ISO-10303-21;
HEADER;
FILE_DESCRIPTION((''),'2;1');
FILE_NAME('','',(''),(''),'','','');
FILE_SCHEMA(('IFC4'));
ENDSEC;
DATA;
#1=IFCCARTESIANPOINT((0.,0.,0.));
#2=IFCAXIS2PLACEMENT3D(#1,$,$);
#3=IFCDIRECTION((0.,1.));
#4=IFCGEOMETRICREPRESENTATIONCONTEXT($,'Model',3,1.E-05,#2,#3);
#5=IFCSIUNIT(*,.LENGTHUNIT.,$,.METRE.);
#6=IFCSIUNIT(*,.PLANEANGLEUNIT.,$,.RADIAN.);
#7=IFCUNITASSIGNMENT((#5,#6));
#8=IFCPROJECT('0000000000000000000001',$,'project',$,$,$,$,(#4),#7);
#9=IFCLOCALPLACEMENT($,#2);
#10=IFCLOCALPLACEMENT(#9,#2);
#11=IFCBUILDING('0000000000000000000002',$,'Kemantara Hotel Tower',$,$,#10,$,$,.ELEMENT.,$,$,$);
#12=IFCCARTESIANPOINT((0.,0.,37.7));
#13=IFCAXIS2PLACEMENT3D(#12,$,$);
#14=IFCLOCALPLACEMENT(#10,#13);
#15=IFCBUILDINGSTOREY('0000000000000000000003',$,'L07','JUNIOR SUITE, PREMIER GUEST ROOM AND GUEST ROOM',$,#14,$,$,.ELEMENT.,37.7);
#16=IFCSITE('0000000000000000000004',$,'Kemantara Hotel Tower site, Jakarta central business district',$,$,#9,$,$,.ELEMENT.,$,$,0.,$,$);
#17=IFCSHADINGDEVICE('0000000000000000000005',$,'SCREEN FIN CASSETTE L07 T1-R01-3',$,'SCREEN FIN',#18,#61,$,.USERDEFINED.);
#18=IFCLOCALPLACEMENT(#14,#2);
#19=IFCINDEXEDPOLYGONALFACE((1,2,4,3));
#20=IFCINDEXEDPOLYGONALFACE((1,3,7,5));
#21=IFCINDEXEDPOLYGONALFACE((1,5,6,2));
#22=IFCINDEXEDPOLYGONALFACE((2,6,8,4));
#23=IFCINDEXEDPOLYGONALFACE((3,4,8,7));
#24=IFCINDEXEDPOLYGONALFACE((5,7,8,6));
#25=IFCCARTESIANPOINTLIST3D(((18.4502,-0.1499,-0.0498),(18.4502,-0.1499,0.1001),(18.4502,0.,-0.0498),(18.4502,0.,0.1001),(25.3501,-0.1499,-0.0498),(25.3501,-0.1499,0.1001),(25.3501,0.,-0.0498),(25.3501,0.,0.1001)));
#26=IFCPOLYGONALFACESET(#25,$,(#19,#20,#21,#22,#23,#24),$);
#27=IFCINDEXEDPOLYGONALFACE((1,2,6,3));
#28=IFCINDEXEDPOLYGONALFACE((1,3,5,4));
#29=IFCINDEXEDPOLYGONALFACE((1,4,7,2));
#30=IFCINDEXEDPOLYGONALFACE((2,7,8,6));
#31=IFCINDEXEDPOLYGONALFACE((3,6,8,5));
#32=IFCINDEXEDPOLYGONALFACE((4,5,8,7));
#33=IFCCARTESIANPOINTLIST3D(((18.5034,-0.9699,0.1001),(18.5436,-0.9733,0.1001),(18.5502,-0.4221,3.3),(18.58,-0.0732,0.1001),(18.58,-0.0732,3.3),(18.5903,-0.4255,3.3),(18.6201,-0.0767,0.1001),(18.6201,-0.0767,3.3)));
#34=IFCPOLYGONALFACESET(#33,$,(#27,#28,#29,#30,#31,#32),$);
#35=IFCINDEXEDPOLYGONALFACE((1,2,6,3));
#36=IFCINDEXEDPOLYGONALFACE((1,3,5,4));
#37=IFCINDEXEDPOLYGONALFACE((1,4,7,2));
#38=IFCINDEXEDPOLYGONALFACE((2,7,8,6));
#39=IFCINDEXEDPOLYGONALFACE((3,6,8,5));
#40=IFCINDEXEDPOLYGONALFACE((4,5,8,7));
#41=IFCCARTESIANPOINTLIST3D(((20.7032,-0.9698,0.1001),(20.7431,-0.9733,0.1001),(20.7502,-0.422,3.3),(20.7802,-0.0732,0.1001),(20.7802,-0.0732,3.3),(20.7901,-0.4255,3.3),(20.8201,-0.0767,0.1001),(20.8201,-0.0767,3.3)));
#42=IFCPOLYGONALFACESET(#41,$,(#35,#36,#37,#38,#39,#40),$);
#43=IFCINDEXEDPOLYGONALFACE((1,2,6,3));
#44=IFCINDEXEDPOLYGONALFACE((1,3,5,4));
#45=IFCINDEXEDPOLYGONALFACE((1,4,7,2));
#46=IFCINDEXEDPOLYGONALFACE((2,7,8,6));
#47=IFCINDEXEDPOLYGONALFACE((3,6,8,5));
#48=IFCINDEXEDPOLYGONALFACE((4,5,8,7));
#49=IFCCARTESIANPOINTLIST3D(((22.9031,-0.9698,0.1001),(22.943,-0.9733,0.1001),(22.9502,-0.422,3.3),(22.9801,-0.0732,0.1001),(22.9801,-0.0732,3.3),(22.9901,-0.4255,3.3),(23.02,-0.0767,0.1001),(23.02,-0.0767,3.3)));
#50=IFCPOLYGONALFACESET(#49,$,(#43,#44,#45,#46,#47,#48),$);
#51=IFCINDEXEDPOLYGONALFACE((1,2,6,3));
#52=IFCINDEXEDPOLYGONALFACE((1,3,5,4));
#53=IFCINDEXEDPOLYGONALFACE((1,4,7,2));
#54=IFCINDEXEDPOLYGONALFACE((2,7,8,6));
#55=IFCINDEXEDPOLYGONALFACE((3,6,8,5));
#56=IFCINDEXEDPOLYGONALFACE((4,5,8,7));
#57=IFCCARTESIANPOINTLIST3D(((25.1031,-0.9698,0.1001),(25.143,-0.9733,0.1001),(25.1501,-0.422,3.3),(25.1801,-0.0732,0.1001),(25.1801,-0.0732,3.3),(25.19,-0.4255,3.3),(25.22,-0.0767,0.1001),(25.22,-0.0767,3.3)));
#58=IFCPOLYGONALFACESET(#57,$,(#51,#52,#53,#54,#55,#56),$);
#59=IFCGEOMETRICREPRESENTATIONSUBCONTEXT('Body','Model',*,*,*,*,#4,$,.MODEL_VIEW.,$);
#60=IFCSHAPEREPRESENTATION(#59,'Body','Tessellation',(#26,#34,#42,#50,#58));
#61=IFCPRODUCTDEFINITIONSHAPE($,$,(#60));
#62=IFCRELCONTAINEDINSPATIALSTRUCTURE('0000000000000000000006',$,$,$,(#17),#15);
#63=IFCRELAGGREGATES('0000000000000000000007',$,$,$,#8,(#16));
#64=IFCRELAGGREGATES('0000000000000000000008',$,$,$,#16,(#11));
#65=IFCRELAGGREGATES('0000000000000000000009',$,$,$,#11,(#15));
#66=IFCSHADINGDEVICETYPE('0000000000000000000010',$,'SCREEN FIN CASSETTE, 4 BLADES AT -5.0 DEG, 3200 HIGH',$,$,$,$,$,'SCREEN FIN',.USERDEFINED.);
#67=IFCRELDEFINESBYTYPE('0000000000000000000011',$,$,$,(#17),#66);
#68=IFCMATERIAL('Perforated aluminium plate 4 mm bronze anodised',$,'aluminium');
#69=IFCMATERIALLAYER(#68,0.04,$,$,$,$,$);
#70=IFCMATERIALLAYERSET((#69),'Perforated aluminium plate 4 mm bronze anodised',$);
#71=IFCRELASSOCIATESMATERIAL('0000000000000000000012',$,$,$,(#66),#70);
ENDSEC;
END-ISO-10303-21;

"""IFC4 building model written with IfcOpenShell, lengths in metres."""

from ifc_helpers import new_model, si_unit, direction, frame, origin, origin_2d, place, context, subcontext, project, spatial, polyline, rectangle, outline, extrude, source, transform, mapped, material, layer, layer_set, type_object, element, save


model = new_model("IFC4")

# Units and contexts
model_context = context("Model", 3, precision=1e-05, world=origin(), true_north=direction((0.0, 1.0)))
body_context = subcontext(model_context, "Body", "Model", "MODEL_VIEW")
ifc_project = project(units=[si_unit("LENGTHUNIT", "METRE"), si_unit("PLANEANGLEUNIT", "RADIAN")], contexts=[model_context])

# Site, building, storey
site_placement = place(None, origin())
site = spatial("IfcSite", under=ifc_project, at=site_placement, Name="Kemantara Hotel Tower site, Jakarta central business district", CompositionType="ELEMENT", RefElevation=0.0)
building_placement = place(site_placement, origin())
building = spatial("IfcBuilding", under=site, at=building_placement, Name="Kemantara Hotel Tower", CompositionType="ELEMENT")
storey_placement = place(building_placement, frame((0.0, 0.0, 37.7)))
storey = spatial("IfcBuildingStorey", under=building, at=storey_placement, Name="L07", Description="JUNIOR SUITE, PREMIER GUEST ROOM AND GUEST ROOM", CompositionType="ELEMENT", Elevation=37.7)

# Shading device
ifc_material_1 = material(Name="Perforated aluminium plate 4 mm bronze anodised", Category="aluminium")
ifc_layer_1 = layer(ifc_material_1, 0.04)
ifc_layer_set_1 = layer_set([ifc_layer_1], Name="Perforated aluminium plate 4 mm bronze anodised")
shading_device_type = type_object("IfcShadingDeviceType", Name="SCREEN FIN CASSETTE, 4 BLADES AT -5.0 DEG, 3200 HIGH", ElementType="SCREEN FIN", PredefinedType="USERDEFINED", material=ifc_layer_set_1)
shared_shape = source(origin(), body_context, "Body", "SweptSolid", [
    extrude(rectangle(XDim=6.8999, YDim=0.1499, at=origin_2d()), frame((3.3, -0.075, -0.1499), z_axis=(0.0, 0.0, 1.0), x_axis=(1.0, 0.0, 0.0)), (0.0, 0.0, 1.0), 0.1499),
    extrude(outline(polyline([(0.0, 0.0), (0.8999, 0.0), (0.3501, 3.2), (0.0, 3.2), (0.0, 0.0)])), frame((0.02, -0.0767, 0.0), z_axis=(-0.996376, 0.085056, 0.0), x_axis=(-0.085056, -0.996376, 0.0)), (0.0, 0.0, 1.0), 0.0403),
    extrude(outline(polyline([(0.0, 0.0), (0.8999, 0.0), (0.3501, 3.2), (0.0, 3.2), (0.0, 0.0)])), frame((2.22, -0.0767, 0.0), z_axis=(-0.996332, 0.085575, 0.0), x_axis=(-0.085575, -0.996332, 0.0)), (0.0, 0.0, 1.0), 0.04),
    extrude(outline(polyline([(0.0, 0.0), (0.8999, 0.0), (0.3501, 3.2), (0.0, 3.2), (0.0, 0.0)])), frame((4.4199, -0.0767, 0.0), z_axis=(-0.996332, 0.085575, 0.0), x_axis=(-0.085575, -0.996332, 0.0)), (0.0, 0.0, 1.0), 0.04),
    extrude(outline(polyline([(0.0, 0.0), (0.8999, 0.0), (0.3501, 3.2), (0.0, 3.2), (0.0, 0.0)])), frame((6.6199, -0.0767, 0.0), z_axis=(-0.996332, 0.085575, 0.0), x_axis=(-0.085575, -0.996332, 0.0)), (0.0, 0.0, 1.0), 0.04),
])
shading_device_placement = place(storey_placement, frame((18.6001, 0.0, 0.1001), z_axis=(0.0, 0.0, 1.0), x_axis=(1.0, 0.0, 0.0)))
element("IfcShadingDevice", 1, at=shading_device_placement, inside=storey, type_object=shading_device_type, Name="SCREEN FIN CASSETTE L07 T1-R01-3", ObjectType="SCREEN FIN", PredefinedType="USERDEFINED", context=body_context, shape_type="MappedRepresentation", body=[
    mapped(shared_shape, transform((0.0, 0.0, 0.0))),
])

save(model, "model.ifc")
